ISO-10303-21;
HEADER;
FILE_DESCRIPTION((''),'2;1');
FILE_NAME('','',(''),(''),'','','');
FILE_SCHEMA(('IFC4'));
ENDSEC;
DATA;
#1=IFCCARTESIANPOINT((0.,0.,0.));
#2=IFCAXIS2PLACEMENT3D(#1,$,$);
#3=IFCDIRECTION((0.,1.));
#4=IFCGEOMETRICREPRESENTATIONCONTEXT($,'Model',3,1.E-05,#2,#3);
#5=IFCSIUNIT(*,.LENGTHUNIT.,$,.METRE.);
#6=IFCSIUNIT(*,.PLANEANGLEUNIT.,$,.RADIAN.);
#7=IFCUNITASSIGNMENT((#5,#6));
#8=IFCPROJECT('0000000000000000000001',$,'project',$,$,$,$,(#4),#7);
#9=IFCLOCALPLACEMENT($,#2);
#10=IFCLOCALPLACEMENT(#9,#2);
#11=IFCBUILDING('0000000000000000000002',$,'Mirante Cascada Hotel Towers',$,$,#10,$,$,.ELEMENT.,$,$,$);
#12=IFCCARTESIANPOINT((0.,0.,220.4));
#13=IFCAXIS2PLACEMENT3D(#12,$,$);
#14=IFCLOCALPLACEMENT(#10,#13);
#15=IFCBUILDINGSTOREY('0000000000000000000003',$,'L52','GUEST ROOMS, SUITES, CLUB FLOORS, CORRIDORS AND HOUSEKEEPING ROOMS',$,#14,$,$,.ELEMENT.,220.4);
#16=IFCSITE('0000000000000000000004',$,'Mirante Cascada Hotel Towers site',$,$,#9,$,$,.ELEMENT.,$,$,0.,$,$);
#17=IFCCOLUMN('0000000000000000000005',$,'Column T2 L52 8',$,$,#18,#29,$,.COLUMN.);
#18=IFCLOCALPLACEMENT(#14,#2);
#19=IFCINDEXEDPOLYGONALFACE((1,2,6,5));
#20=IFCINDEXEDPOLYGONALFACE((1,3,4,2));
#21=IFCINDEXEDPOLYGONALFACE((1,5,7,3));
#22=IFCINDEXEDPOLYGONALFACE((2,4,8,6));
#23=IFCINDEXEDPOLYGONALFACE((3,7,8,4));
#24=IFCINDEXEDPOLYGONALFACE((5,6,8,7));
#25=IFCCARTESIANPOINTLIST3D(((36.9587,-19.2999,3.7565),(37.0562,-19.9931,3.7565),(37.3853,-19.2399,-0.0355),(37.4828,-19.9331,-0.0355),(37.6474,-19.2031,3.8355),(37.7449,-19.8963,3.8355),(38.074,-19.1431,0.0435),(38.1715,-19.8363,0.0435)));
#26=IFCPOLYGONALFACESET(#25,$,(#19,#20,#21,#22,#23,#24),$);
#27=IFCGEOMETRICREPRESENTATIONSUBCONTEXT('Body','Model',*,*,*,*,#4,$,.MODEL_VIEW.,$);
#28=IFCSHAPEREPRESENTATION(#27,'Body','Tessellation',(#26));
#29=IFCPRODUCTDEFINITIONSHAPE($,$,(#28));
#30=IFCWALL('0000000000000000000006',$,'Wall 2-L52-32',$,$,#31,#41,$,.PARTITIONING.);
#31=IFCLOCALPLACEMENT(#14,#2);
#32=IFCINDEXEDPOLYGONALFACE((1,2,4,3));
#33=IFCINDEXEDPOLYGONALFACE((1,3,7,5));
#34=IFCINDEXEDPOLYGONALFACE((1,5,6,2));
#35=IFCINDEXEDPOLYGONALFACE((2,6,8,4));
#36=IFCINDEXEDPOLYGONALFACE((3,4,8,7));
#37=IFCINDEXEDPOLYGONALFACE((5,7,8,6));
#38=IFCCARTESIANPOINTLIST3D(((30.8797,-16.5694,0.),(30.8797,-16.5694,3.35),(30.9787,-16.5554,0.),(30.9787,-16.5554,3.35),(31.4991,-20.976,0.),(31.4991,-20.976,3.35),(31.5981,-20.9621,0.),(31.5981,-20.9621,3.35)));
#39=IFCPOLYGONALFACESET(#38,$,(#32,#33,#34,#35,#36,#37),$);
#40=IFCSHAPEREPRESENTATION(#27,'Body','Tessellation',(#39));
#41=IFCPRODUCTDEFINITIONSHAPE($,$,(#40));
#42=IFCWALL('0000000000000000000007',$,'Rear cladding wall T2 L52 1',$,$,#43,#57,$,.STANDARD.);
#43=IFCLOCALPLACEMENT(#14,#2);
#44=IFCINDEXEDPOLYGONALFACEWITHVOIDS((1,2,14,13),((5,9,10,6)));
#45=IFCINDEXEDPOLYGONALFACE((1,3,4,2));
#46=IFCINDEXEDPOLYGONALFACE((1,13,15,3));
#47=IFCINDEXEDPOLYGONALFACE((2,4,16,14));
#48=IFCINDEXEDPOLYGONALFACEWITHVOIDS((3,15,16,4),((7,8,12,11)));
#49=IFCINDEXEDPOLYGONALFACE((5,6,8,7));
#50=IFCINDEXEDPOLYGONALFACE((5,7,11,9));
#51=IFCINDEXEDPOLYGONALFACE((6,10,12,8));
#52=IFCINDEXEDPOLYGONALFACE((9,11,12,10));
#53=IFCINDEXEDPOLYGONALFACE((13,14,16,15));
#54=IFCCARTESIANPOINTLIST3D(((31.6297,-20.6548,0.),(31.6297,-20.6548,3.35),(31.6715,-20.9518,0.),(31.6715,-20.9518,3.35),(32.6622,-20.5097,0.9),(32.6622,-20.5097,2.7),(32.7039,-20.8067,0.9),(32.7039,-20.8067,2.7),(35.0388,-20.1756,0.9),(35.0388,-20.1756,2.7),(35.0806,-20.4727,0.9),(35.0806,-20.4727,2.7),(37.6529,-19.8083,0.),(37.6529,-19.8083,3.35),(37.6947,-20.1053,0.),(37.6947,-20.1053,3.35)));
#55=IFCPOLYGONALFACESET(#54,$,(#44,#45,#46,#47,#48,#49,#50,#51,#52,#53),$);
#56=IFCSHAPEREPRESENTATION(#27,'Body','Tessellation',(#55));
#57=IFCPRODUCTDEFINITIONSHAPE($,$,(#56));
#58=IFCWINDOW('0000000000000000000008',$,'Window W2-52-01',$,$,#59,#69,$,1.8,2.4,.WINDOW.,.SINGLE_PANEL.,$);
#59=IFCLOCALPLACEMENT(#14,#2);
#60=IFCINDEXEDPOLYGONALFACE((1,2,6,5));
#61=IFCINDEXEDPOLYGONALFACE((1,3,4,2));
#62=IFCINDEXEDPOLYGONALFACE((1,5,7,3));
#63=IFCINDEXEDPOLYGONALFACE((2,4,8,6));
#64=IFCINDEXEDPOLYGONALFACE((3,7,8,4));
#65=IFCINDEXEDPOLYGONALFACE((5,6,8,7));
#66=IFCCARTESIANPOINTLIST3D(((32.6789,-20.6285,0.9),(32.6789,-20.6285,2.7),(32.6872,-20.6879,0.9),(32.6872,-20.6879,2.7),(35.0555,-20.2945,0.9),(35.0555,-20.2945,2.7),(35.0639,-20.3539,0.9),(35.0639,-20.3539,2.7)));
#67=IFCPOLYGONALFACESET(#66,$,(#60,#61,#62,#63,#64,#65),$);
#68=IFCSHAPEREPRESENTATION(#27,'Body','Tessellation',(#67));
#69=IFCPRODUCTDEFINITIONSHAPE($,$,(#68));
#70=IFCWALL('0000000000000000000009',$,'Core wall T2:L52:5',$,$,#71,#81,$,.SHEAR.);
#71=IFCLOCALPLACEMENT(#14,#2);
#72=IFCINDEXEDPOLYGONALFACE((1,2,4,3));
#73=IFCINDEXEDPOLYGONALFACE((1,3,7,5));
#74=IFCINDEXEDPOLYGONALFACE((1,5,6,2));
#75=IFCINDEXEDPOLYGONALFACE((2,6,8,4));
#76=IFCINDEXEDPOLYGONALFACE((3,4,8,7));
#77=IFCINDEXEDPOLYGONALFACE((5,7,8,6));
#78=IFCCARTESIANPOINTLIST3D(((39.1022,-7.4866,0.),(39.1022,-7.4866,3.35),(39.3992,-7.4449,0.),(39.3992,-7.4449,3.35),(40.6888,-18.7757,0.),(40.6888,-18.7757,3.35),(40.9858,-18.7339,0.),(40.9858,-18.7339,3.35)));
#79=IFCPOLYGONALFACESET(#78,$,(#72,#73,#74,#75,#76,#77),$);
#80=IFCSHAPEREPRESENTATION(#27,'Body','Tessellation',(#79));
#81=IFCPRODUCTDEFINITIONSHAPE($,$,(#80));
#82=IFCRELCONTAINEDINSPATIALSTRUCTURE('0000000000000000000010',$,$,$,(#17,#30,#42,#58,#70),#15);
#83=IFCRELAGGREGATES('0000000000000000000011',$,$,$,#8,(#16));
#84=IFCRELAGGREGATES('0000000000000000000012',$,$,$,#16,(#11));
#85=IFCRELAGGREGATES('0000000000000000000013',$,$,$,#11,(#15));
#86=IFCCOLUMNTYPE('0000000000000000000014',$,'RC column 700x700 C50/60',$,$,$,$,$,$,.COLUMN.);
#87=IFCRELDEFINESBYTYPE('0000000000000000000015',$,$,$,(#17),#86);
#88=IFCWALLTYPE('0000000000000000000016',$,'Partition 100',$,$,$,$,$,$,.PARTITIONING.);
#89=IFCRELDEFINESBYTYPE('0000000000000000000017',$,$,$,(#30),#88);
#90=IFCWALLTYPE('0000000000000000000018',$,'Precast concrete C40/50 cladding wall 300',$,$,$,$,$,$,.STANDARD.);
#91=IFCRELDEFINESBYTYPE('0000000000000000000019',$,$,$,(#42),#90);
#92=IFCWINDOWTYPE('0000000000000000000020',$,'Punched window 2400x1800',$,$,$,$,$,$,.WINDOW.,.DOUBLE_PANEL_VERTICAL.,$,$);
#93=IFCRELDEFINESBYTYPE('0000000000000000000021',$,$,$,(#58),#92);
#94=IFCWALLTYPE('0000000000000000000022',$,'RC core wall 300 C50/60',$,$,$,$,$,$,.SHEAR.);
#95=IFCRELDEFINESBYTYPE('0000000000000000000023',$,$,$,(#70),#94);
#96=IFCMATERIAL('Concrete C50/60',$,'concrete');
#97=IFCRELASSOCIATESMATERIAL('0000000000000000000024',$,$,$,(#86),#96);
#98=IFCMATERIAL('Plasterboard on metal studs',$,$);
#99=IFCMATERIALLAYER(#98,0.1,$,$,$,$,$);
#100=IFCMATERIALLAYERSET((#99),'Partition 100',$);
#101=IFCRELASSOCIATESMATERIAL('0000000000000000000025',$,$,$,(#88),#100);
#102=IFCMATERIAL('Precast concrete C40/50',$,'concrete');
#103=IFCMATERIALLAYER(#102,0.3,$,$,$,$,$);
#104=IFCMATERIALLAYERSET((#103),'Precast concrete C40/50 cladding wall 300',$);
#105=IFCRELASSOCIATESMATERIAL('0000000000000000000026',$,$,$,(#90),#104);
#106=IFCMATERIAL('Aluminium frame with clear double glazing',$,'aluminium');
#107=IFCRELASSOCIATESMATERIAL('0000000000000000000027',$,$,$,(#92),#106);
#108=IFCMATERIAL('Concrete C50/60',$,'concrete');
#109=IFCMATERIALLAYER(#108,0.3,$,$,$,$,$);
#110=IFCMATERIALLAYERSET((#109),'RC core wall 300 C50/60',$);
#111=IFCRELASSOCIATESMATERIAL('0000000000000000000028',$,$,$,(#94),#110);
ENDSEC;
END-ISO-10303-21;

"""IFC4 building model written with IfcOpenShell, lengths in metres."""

from ifc_helpers import new_model, si_unit, direction, frame, frame_2d, origin, origin_2d, place, context, subcontext, project, spatial, rectangle, extrude, material, layer, layer_set, material_profile, profile_set, type_object, element, fill, save


model = new_model("IFC4")

# Units and contexts
model_context = context("Model", 3, precision=1e-05, world=origin(), true_north=direction((0.0, 1.0)))
body_context = subcontext(model_context, "Body", "Model", "MODEL_VIEW")
ifc_project = project(units=[si_unit("LENGTHUNIT", "METRE"), si_unit("PLANEANGLEUNIT", "RADIAN")], contexts=[model_context])

# Site, building, storey
site_placement = place(None, origin())
site = spatial("IfcSite", under=ifc_project, at=site_placement, Name="Mirante Cascada Hotel Towers site", CompositionType="ELEMENT", RefElevation=0.0)
building_placement = place(site_placement, origin())
building = spatial("IfcBuilding", under=site, at=building_placement, Name="Mirante Cascada Hotel Towers", CompositionType="ELEMENT")
storey_placement = place(building_placement, frame((0.0, 0.0, 220.4)))
storey = spatial("IfcBuildingStorey", under=building, at=storey_placement, Name="L52", Description="GUEST ROOMS, SUITES, CLUB FLOORS, CORRIDORS AND HOUSEKEEPING ROOMS", CompositionType="ELEMENT", Elevation=220.4)

# Column
ifc_material_1 = material(Name="Concrete C50/60", Category="concrete")
ifc_material_profile = material_profile(ifc_material_1, rectangle(XDim=0.7, YDim=0.7, at=origin_2d()), Name="RC column 700x700 C50/60")
ifc_profile_set = profile_set([ifc_material_profile], Name="Concrete C50/60")
column_type = type_object("IfcColumnType", Name="RC column 700x700 C50/60", PredefinedType="COLUMN", material=ifc_profile_set)
column_placement = place(storey_placement, frame((37.7784, -19.5381, 0.004), z_axis=(-0.111781, -0.015722, 0.993609), x_axis=(0.139276, -0.990254, 0.0)))
element("IfcColumn", 1, at=column_placement, inside=storey, type_object=column_type, Name="Column T2 L52 8", PredefinedType="COLUMN", context=body_context, shape_type="SweptSolid", body=[
    extrude(rectangle(XDim=0.7, YDim=0.7, at=origin_2d()), origin(), (0.0, 0.0, 1.0), 3.8164),
])

# Wall
ifc_material_2 = material(Name="Plasterboard on metal studs")
ifc_layer_1 = layer(ifc_material_2, 0.1)
ifc_layer_set_1 = layer_set([ifc_layer_1], Name="Partition 100")
wall_type_1 = type_object("IfcWallType", Name="Partition 100", PredefinedType="PARTITIONING", material=ifc_layer_set_1)
wall_1_placement = place(storey_placement, frame((30.9292, -16.5624, 0.0), z_axis=(0.0, 0.0, 1.0), x_axis=(0.13919, -0.990266, 0.0)))
element("IfcWall", 2, at=wall_1_placement, inside=storey, type_object=wall_type_1, Name="Wall 2-L52-32", PredefinedType="PARTITIONING", context=body_context, shape_type="SweptSolid", body=[
    extrude(rectangle(XDim=4.45, YDim=0.1, at=frame_2d((2.225, 0.0))), origin(), (0.0, 0.0, 1.0), 3.35),
])

# Wall, opening, window
ifc_material_3 = material(Name="Precast concrete C40/50", Category="concrete")
ifc_layer_2 = layer(ifc_material_3, 0.3)
ifc_layer_set_2 = layer_set([ifc_layer_2], Name="Precast concrete C40/50 cladding wall 300")
wall_type_2 = type_object("IfcWallType", Name="Precast concrete C40/50 cladding wall 300", PredefinedType="STANDARD", material=ifc_layer_set_2)
wall_2_placement = place(storey_placement, frame((31.6506, -20.8033, 0.0), z_axis=(0.0, 0.0, 1.0), x_axis=(0.990268, 0.139172, 0.0)))
wall_2 = element("IfcWall", 3, at=wall_2_placement, inside=storey, type_object=wall_type_2, Name="Rear cladding wall T2 L52 1", PredefinedType="STANDARD", context=body_context, shape_type="SweptSolid", body=[
    extrude(rectangle(XDim=6.0824, YDim=0.3, at=frame_2d((3.0412, 0.0))), origin(), (0.0, 0.0, 1.0), 3.35),
])
opening_1_placement = place(wall_2_placement, frame((1.0426, 0.0, 0.9)))
opening_1 = element("IfcOpeningElement", 4, at=opening_1_placement, cuts=wall_2, PredefinedType="OPENING", context=body_context, shape_type="SweptSolid", body=[
    extrude(rectangle(XDim=2.4, YDim=1.8, at=frame_2d((1.2, 0.9))), frame((0.0, 0.15, 0.0), z_axis=(0.0, -1.0, 0.0), x_axis=(1.0, 0.0, 0.0)), (0.0, 0.0, 1.0), 0.3),
])
ifc_material_4 = material(Name="Aluminium frame with clear double glazing", Category="aluminium")
window_type = type_object("IfcWindowType", Name="Punched window 2400x1800", PartitioningType="DOUBLE_PANEL_VERTICAL", PredefinedType="WINDOW", material=ifc_material_4)
window_placement = place(opening_1_placement, origin())
window = element("IfcWindow", 5, at=window_placement, inside=storey, type_object=window_type, Name="Window W2-52-01", OverallHeight=1.8, OverallWidth=2.4, PartitioningType="SINGLE_PANEL", PredefinedType="WINDOW", context=body_context, shape_type="SweptSolid", body=[
    extrude(rectangle(XDim=2.4, YDim=1.8, at=frame_2d((1.2, 0.9))), frame((0.0, 0.03, 0.0), z_axis=(0.0, -1.0, 0.0), x_axis=(1.0, 0.0, 0.0)), (0.0, 0.0, 1.0), 0.06),
])
fill(opening_1, window)

# Wall
ifc_material_5 = material(Name="Concrete C50/60", Category="concrete")
ifc_layer_3 = layer(ifc_material_5, 0.3)
ifc_layer_set_3 = layer_set([ifc_layer_3], Name="RC core wall 300 C50/60")
wall_type_3 = type_object("IfcWallType", Name="RC core wall 300 C50/60", PredefinedType="SHEAR", material=ifc_layer_set_3)
wall_3_placement = place(storey_placement, frame((40.8373, -18.7548, 0.0), z_axis=(0.0, 0.0, 1.0), x_axis=(-0.139175, 0.990268, 0.0)))
element("IfcWall", 6, at=wall_3_placement, inside=storey, type_object=wall_type_3, Name="Core wall T2:L52:5", PredefinedType="SHEAR", context=body_context, shape_type="SweptSolid", body=[
    extrude(rectangle(XDim=11.4, YDim=0.3, at=frame_2d((5.7, 0.0))), origin(), (0.0, 0.0, 1.0), 3.35),
])

save(model, "model.ifc")
